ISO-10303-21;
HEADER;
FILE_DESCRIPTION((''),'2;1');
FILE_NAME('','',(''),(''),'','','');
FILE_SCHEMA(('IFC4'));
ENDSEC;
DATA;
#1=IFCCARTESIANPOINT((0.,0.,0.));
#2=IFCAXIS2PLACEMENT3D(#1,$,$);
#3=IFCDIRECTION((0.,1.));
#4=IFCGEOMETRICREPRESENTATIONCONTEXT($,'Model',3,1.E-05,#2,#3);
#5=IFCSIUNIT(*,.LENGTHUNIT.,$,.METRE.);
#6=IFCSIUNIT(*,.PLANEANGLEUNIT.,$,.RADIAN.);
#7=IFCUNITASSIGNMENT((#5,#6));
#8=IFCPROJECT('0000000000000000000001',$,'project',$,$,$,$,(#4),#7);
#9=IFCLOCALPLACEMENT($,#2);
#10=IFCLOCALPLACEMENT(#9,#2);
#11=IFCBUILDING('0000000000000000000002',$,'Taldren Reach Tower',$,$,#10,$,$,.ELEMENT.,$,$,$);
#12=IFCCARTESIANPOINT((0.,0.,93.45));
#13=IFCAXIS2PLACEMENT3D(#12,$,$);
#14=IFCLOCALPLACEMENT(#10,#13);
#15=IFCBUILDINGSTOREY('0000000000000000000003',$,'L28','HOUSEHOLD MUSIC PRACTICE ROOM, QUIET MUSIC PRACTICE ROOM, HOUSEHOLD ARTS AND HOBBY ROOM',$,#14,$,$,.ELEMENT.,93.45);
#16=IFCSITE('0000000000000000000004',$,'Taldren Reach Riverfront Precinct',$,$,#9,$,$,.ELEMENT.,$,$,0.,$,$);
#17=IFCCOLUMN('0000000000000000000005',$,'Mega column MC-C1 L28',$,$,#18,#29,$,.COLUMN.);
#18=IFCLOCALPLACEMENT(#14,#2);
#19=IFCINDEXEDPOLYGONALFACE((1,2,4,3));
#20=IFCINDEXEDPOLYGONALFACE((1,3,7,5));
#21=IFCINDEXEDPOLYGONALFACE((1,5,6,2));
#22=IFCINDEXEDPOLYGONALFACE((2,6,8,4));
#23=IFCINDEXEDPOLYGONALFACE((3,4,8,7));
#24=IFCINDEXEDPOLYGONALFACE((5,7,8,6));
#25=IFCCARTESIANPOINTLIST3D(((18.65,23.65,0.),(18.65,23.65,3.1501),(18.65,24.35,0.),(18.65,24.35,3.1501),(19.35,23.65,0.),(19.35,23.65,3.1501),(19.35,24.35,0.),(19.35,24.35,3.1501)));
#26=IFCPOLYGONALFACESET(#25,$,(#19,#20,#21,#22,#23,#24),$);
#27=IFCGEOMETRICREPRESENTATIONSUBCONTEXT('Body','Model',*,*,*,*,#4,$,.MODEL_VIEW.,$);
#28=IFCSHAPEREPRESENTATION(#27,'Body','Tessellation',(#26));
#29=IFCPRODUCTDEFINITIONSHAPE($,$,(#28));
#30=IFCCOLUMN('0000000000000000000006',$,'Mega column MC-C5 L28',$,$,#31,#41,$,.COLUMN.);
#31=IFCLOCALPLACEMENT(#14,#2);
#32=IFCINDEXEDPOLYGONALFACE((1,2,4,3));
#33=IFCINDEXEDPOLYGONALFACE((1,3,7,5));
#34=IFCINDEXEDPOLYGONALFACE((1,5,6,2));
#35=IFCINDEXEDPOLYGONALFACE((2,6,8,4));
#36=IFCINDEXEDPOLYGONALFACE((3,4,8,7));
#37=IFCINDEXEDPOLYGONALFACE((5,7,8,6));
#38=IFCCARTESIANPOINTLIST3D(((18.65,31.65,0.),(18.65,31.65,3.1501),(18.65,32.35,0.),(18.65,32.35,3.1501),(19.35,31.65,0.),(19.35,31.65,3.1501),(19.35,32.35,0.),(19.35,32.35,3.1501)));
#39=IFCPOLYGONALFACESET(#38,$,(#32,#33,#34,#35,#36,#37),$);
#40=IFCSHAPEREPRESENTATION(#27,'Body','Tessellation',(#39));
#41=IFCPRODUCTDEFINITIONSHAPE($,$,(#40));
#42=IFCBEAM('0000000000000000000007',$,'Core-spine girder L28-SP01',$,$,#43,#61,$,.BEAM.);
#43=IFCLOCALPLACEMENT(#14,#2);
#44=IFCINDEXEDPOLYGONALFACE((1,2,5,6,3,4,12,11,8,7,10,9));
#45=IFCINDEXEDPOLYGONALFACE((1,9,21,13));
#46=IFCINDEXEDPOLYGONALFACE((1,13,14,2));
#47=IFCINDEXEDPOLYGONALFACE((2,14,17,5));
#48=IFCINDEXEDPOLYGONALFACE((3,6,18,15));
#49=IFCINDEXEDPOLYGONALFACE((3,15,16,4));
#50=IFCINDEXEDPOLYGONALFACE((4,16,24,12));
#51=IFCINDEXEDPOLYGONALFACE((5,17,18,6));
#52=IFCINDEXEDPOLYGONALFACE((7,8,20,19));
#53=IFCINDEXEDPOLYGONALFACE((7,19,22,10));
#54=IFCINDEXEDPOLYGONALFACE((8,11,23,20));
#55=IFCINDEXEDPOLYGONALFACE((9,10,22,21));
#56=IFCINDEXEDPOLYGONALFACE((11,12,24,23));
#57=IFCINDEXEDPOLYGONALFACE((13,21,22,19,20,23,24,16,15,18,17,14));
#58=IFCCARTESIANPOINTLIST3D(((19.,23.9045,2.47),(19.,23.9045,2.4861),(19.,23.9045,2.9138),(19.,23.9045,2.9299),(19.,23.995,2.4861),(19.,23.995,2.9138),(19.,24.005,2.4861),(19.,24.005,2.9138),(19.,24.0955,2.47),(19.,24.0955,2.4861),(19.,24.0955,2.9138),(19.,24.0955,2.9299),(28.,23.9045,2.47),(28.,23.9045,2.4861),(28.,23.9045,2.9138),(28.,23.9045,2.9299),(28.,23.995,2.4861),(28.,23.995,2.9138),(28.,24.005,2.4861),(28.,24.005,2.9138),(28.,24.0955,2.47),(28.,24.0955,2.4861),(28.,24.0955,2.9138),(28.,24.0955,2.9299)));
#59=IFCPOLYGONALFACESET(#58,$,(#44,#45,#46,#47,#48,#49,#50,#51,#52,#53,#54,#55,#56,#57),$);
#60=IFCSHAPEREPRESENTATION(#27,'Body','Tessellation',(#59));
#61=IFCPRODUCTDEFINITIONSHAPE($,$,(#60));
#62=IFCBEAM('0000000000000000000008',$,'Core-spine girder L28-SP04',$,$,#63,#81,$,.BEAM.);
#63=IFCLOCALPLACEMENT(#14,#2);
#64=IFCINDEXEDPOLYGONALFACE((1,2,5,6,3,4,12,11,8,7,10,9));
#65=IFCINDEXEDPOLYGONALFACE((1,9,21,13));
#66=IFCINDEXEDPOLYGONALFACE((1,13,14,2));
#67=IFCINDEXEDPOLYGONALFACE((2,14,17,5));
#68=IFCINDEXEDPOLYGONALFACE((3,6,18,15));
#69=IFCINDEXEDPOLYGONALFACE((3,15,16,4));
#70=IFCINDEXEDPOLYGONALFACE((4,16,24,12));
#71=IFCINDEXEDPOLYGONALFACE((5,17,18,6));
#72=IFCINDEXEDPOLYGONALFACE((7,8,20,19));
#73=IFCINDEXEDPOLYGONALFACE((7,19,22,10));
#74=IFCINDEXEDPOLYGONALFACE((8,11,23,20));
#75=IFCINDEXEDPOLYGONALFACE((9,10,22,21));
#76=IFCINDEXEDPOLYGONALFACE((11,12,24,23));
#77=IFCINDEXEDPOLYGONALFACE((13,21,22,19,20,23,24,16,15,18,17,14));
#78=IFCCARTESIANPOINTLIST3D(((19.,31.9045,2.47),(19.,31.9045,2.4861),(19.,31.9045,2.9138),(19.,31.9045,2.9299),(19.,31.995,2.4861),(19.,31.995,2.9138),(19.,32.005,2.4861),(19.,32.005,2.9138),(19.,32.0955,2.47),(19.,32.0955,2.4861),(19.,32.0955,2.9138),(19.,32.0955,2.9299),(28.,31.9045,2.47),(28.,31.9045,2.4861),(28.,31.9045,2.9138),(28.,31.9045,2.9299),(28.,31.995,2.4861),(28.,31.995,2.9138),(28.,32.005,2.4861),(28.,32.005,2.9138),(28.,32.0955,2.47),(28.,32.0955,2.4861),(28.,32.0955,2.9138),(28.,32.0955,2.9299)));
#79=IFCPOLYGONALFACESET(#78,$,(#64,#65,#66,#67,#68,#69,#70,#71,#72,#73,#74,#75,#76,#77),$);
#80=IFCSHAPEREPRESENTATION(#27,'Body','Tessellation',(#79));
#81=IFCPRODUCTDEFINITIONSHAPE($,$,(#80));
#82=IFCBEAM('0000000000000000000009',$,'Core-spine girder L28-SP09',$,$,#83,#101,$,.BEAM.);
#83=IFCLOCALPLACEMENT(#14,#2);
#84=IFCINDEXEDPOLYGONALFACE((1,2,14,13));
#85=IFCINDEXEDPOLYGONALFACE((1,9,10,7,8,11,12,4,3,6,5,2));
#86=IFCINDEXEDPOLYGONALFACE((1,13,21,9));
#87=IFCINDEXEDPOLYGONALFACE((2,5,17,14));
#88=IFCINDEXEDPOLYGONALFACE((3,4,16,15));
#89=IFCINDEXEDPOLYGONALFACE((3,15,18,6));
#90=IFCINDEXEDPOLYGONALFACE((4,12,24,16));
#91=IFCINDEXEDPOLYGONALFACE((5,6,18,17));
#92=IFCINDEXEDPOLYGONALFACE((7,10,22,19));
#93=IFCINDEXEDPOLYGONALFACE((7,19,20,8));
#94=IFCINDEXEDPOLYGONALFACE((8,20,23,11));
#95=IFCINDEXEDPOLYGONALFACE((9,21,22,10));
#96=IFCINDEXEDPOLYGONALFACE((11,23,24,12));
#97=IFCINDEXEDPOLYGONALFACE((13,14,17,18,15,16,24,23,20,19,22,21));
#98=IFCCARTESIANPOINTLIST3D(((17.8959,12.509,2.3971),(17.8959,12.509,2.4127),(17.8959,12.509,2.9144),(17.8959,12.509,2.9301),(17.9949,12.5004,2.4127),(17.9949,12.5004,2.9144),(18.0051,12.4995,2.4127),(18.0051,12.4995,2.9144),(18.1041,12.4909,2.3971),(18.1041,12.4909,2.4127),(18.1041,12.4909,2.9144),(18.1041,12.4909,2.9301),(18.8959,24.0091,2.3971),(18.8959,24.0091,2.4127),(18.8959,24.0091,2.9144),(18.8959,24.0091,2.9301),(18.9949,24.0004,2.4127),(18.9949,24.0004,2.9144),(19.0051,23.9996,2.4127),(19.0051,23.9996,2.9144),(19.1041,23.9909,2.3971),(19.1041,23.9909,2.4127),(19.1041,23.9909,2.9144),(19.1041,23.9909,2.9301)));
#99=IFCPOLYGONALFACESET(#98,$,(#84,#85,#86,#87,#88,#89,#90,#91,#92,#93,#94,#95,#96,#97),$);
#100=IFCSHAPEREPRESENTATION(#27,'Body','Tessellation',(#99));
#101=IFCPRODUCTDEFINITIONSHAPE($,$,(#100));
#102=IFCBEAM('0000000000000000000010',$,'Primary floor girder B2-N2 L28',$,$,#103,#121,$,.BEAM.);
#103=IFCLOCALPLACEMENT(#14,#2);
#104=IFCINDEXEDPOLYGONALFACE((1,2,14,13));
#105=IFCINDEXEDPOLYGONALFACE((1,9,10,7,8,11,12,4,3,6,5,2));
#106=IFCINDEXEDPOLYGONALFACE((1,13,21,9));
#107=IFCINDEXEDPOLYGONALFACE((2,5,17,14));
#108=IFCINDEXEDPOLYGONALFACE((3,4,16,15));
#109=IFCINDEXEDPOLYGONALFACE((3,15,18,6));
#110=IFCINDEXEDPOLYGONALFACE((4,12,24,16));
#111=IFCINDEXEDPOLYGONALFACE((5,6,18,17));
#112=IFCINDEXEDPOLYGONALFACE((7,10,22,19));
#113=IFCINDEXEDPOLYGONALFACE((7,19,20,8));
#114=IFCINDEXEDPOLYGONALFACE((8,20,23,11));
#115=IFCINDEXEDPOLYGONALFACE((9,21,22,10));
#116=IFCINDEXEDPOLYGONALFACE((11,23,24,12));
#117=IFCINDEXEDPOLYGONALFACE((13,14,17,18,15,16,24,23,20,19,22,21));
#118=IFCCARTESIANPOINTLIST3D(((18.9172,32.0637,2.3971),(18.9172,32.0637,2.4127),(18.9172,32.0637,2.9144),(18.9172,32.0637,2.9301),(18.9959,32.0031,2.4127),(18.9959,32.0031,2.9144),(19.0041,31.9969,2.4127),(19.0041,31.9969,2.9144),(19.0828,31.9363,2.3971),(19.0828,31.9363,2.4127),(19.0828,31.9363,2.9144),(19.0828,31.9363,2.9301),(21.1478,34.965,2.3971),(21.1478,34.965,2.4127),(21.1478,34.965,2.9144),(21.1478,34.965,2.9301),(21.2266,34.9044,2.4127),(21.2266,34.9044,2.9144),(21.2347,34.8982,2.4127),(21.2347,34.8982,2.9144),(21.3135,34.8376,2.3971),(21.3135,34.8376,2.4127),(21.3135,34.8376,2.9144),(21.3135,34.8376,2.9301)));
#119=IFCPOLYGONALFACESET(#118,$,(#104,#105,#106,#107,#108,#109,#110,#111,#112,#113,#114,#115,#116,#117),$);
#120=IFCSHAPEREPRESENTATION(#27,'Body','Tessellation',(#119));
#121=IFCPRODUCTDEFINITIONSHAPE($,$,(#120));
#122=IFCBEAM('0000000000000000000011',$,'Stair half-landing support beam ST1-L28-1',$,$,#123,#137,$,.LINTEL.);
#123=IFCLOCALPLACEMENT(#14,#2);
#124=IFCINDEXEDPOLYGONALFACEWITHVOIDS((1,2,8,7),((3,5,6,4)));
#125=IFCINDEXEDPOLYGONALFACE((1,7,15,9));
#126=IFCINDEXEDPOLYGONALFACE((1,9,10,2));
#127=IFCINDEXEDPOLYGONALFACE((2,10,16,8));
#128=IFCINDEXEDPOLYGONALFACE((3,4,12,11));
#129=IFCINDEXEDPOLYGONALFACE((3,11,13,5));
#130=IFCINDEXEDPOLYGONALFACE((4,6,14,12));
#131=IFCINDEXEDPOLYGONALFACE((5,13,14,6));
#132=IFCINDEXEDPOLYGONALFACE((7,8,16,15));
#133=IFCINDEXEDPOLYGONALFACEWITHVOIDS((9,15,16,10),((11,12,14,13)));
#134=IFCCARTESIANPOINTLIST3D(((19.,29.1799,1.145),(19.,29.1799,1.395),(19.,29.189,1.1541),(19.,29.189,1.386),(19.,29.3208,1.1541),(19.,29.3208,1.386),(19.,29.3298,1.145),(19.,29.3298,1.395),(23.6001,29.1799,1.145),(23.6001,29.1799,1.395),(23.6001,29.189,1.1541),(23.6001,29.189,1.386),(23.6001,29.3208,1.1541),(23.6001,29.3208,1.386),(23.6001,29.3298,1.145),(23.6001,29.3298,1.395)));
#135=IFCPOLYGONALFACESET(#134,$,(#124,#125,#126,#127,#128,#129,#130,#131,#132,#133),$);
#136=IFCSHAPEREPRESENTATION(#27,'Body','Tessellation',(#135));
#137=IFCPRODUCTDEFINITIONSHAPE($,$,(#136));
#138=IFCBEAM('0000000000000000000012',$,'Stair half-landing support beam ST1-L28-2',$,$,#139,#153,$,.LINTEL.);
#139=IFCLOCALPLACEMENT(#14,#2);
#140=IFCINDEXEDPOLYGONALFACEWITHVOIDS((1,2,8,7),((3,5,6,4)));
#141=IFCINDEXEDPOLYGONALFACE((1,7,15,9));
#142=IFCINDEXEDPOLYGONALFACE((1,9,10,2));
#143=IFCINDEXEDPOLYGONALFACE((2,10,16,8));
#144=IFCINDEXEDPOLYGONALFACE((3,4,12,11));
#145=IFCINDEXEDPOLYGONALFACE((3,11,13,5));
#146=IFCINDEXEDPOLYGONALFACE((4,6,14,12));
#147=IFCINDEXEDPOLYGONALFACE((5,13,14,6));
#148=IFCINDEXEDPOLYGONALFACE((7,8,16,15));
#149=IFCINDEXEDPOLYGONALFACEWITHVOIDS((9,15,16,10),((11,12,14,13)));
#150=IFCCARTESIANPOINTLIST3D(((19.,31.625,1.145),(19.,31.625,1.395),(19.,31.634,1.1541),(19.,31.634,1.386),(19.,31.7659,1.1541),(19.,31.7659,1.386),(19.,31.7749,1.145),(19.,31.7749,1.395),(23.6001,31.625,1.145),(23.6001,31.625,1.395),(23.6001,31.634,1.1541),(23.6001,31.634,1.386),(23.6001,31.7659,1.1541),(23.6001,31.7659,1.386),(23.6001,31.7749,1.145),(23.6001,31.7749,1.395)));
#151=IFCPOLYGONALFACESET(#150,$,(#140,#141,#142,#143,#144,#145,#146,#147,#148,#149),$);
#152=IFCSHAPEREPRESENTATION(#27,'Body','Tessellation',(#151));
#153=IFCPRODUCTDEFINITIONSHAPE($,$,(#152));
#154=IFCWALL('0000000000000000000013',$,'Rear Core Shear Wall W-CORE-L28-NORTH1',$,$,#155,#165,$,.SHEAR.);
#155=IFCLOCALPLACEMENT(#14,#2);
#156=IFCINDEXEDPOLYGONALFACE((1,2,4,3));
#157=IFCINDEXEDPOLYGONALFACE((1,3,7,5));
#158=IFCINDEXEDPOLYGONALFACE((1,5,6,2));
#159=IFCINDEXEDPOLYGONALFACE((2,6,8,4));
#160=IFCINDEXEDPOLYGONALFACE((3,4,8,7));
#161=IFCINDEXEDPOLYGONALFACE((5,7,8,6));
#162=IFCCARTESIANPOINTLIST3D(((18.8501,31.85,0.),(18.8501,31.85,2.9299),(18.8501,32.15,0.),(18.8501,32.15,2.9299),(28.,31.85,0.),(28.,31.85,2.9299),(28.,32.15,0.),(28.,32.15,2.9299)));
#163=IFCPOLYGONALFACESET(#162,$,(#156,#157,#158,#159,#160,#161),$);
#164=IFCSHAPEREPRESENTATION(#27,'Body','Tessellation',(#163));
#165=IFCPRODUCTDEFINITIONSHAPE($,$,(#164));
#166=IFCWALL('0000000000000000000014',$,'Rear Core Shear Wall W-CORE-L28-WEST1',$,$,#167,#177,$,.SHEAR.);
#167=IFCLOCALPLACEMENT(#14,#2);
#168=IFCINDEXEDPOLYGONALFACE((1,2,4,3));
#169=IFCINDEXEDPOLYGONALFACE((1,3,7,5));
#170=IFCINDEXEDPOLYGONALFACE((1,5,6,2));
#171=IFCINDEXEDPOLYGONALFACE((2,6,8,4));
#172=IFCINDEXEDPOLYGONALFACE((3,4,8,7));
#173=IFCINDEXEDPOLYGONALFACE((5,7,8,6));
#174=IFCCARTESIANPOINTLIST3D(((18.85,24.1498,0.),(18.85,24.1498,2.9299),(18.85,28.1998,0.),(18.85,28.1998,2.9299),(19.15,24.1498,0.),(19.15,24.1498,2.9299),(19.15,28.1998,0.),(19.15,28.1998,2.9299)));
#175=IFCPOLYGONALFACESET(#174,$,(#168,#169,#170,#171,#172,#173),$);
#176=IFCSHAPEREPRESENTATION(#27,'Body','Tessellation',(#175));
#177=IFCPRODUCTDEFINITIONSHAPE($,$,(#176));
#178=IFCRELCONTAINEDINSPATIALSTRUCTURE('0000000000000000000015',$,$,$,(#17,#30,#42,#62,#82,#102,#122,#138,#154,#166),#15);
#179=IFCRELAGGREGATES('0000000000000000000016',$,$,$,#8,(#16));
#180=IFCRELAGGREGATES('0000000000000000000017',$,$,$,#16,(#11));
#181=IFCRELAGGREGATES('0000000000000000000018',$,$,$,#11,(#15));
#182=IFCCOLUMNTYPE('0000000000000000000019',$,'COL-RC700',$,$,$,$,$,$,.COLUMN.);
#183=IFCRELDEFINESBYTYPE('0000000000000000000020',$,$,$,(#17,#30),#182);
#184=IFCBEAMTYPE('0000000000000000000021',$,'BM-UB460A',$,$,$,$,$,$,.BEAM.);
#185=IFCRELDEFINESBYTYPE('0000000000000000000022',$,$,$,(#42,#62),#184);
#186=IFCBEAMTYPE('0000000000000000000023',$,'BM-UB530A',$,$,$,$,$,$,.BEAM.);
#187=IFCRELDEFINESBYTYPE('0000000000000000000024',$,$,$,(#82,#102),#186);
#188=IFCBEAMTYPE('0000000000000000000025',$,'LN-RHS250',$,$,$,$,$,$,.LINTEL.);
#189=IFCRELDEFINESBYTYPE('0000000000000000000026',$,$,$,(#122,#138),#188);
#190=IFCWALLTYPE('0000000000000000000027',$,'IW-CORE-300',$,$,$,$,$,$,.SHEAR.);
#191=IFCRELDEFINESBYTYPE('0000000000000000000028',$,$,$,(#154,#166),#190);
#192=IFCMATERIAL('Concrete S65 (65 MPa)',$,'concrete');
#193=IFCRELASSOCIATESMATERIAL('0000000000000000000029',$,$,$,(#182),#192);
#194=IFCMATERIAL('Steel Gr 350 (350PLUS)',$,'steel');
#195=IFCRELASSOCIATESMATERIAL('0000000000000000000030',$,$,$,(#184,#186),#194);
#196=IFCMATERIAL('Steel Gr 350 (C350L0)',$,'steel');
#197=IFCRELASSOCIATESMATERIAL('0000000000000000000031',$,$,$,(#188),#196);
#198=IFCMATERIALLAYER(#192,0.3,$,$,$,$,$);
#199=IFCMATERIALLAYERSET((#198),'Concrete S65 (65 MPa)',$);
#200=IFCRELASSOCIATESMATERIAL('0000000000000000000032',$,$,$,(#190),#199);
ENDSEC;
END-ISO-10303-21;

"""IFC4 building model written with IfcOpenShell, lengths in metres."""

from ifc_helpers import new_model, si_unit, direction, frame, frame_2d, origin, origin_2d, place, context, subcontext, project, spatial, rectangle, hollow_rectangle, i_section, extrude, source, transform, mapped, material, layer, layer_set, material_profile, profile_set, type_object, element, save


model = new_model("IFC4")

# Units and contexts
model_context = context("Model", 3, precision=1e-05, world=origin(), true_north=direction((0.0, 1.0)))
body_context = subcontext(model_context, "Body", "Model", "MODEL_VIEW")
ifc_project = project(units=[si_unit("LENGTHUNIT", "METRE"), si_unit("PLANEANGLEUNIT", "RADIAN")], contexts=[model_context])

# Site, building, storey
site_placement = place(None, origin())
site = spatial("IfcSite", under=ifc_project, at=site_placement, Name="Taldren Reach Riverfront Precinct", CompositionType="ELEMENT", RefElevation=0.0)
building_placement = place(site_placement, origin())
building = spatial("IfcBuilding", under=site, at=building_placement, Name="Taldren Reach Tower", CompositionType="ELEMENT")
storey_placement = place(building_placement, frame((0.0, 0.0, 93.45)))
storey = spatial("IfcBuildingStorey", under=building, at=storey_placement, Name="L28", Description="HOUSEHOLD MUSIC PRACTICE ROOM, QUIET MUSIC PRACTICE ROOM, HOUSEHOLD ARTS AND HOBBY ROOM", CompositionType="ELEMENT", Elevation=93.45)

# Columns
ifc_material_1 = material(Name="Concrete S65 (65 MPa)", Category="concrete")
ifc_material_profile_1 = material_profile(ifc_material_1, rectangle(XDim=0.7, YDim=0.7, at=origin_2d()), Name="RC-700x700")
ifc_profile_set_1 = profile_set([ifc_material_profile_1], Name="Concrete S65 (65 MPa)")
column_type = type_object("IfcColumnType", Name="COL-RC700", PredefinedType="COLUMN", material=ifc_profile_set_1)
shared_shape_1 = source(origin(), body_context, "Body", "SweptSolid", [
    extrude(rectangle(XDim=0.7, YDim=0.7, at=origin_2d()), origin(), (0.0, 0.0, 1.0), 3.1501),
])
for number, where, z_axis, x_axis, name in (
    (1, (19.0, 24.0, 0.0), (0.0, 0.0, 1.0), (1.0, 0.0, 0.0), "Mega column MC-C1 L28"),
    (2, (19.0, 32.0, 0.0), (0.0, 0.0, 1.0), (1.0, 0.0, 0.0), "Mega column MC-C5 L28"),
):
    element("IfcColumn", number, at=place(storey_placement, frame(where, z_axis=z_axis, x_axis=x_axis)), inside=storey, type_object=column_type, Name=name, PredefinedType="COLUMN", context=body_context, shape_type="MappedRepresentation", body=[
        mapped(shared_shape_1, transform((0.0, 0.0, 0.0), scale=1.0)),
    ])

# Beams
ifc_material_2 = material(Name="Steel Gr 350 (350PLUS)", Category="steel")
ifc_material_profile_2 = material_profile(ifc_material_2, i_section(OverallWidth=0.1909, OverallDepth=0.46, WebThickness=0.01, FlangeThickness=0.0161, at=origin_2d()), Name="460UB82.1")
ifc_profile_set_2 = profile_set([ifc_material_profile_2], Name="Steel Gr 350 (350PLUS)")
beam_type_1 = type_object("IfcBeamType", Name="BM-UB460A", PredefinedType="BEAM", material=ifc_profile_set_2)
shared_shape_2 = source(origin(), body_context, "Body", "SweptSolid", [
    extrude(i_section(OverallWidth=0.1909, OverallDepth=0.46, WebThickness=0.01, FlangeThickness=0.0161, at=origin_2d()), origin(), (0.0, 0.0, 1.0), 9.0),
])
for number, where, z_axis, x_axis, name in (
    (3, (19.0, 24.0, 2.7), (1.0, 0.0, 0.0), (0.0, 1.0, 0.0), "Core-spine girder L28-SP01"),
    (4, (19.0, 32.0, 2.7), (1.0, 0.0, 0.0), (0.0, 1.0, 0.0), "Core-spine girder L28-SP04"),
):
    element("IfcBeam", number, at=place(storey_placement, frame(where, z_axis=z_axis, x_axis=x_axis)), inside=storey, type_object=beam_type_1, Name=name, PredefinedType="BEAM", context=body_context, shape_type="MappedRepresentation", body=[
        mapped(shared_shape_2, transform((0.0, 0.0, 0.0), scale=1.0)),
    ])
ifc_material_profile_3 = material_profile(ifc_material_2, i_section(OverallWidth=0.209, OverallDepth=0.533, WebThickness=0.0103, FlangeThickness=0.0156, at=origin_2d()), Name="530UB92.4")
ifc_profile_set_3 = profile_set([ifc_material_profile_3], Name="Steel Gr 350 (350PLUS)")
beam_type_2 = type_object("IfcBeamType", Name="BM-UB530A", PredefinedType="BEAM", material=ifc_profile_set_3)
shared_shape_3 = source(origin(), body_context, "Body", "SweptSolid", [
    extrude(i_section(OverallWidth=0.209, OverallDepth=0.533, WebThickness=0.0103, FlangeThickness=0.0156, at=origin_2d()), origin(), (0.0, 0.0, 1.0), 11.5435),
])
beam_1_placement = place(storey_placement, frame((19.0, 24.0, 2.6636), z_axis=(-0.08663, -0.996241, 0.0), x_axis=(0.996241, -0.08663, 0.0)))
element("IfcBeam", 5, at=beam_1_placement, inside=storey, type_object=beam_type_2, Name="Core-spine girder L28-SP09", PredefinedType="BEAM", context=body_context, shape_type="MappedRepresentation", body=[
    mapped(shared_shape_3, transform((0.0, 0.0, 0.0), scale=1.0)),
])
shared_shape_4 = source(origin(), body_context, "Body", "SweptSolid", [
    extrude(i_section(OverallWidth=0.209, OverallDepth=0.533, WebThickness=0.0103, FlangeThickness=0.0156, at=origin_2d()), origin(), (0.0, 0.0, 1.0), 3.6597),
])
beam_2_placement = place(storey_placement, frame((19.0, 32.0, 2.6636), z_axis=(0.609521, 0.79277, 0.0), x_axis=(-0.79277, 0.609521, 0.0)))
element("IfcBeam", 6, at=beam_2_placement, inside=storey, type_object=beam_type_2, Name="Primary floor girder B2-N2 L28", PredefinedType="BEAM", context=body_context, shape_type="MappedRepresentation", body=[
    mapped(shared_shape_4, transform((0.0, 0.0, 0.0), scale=1.0)),
])
ifc_material_3 = material(Name="Steel Gr 350 (C350L0)", Category="steel")
ifc_material_profile_4 = material_profile(ifc_material_3, hollow_rectangle(XDim=0.1499, YDim=0.25, WallThickness=0.009, at=origin_2d()), Name="250x150x9.0RHS")
ifc_profile_set_4 = profile_set([ifc_material_profile_4], Name="Steel Gr 350 (C350L0)")
beam_type_3 = type_object("IfcBeamType", Name="LN-RHS250", PredefinedType="LINTEL", material=ifc_profile_set_4)
shared_shape_5 = source(origin(), body_context, "Body", "SweptSolid", [
    extrude(hollow_rectangle(XDim=0.1499, YDim=0.25, WallThickness=0.009, at=origin_2d()), origin(), (0.0, 0.0, 1.0), 4.6001),
])
for number, where, z_axis, x_axis, name in (
    (7, (19.0, 29.2549, 1.27), (1.0, 0.0, 0.0), (0.0, 1.0, 0.0), "Stair half-landing support beam ST1-L28-1"),
    (8, (19.0, 31.7, 1.27), (1.0, 0.0, 0.0), (0.0, 1.0, 0.0), "Stair half-landing support beam ST1-L28-2"),
):
    element("IfcBeam", number, at=place(storey_placement, frame(where, z_axis=z_axis, x_axis=x_axis)), inside=storey, type_object=beam_type_3, Name=name, PredefinedType="LINTEL", context=body_context, shape_type="MappedRepresentation", body=[
        mapped(shared_shape_5, transform((0.0, 0.0, 0.0), scale=1.0)),
    ])

# Walls
ifc_layer_1 = layer(ifc_material_1, 0.3)
ifc_layer_set_1 = layer_set([ifc_layer_1], Name="Concrete S65 (65 MPa)")
wall_type_1 = type_object("IfcWallType", Name="IW-CORE-300", PredefinedType="SHEAR", material=ifc_layer_set_1)
shared_shape_6 = source(origin(), body_context, "Body", "SweptSolid", [
    extrude(rectangle(XDim=9.1499, YDim=0.3, at=frame_2d((4.575, 0.0))), origin(), (0.0, 0.0, 1.0), 2.9299),
])
wall_1_placement = place(storey_placement, frame((18.8501, 32.0, 0.0), z_axis=(0.0, 0.0, 1.0), x_axis=(1.0, 0.0, 0.0)))
element("IfcWall", 9, at=wall_1_placement, inside=storey, type_object=wall_type_1, Name="Rear Core Shear Wall W-CORE-L28-NORTH1", PredefinedType="SHEAR", context=body_context, shape_type="MappedRepresentation", body=[
    mapped(shared_shape_6, transform((0.0, 0.0, 0.0), scale=1.0)),
])
shared_shape_7 = source(origin(), body_context, "Body", "SweptSolid", [
    extrude(rectangle(XDim=4.05, YDim=0.3, at=frame_2d((2.0249, 0.0))), origin(), (0.0, 0.0, 1.0), 2.9299),
])
wall_2_placement = place(storey_placement, frame((19.0, 24.1499, 0.0), z_axis=(0.0, 0.0, 1.0), x_axis=(0.0, 1.0, 0.0)))
element("IfcWall", 10, at=wall_2_placement, inside=storey, type_object=wall_type_1, Name="Rear Core Shear Wall W-CORE-L28-WEST1", PredefinedType="SHEAR", context=body_context, shape_type="MappedRepresentation", body=[
    mapped(shared_shape_7, transform((0.0, 0.0, 0.0), scale=1.0)),
])

save(model, "model.ifc")
